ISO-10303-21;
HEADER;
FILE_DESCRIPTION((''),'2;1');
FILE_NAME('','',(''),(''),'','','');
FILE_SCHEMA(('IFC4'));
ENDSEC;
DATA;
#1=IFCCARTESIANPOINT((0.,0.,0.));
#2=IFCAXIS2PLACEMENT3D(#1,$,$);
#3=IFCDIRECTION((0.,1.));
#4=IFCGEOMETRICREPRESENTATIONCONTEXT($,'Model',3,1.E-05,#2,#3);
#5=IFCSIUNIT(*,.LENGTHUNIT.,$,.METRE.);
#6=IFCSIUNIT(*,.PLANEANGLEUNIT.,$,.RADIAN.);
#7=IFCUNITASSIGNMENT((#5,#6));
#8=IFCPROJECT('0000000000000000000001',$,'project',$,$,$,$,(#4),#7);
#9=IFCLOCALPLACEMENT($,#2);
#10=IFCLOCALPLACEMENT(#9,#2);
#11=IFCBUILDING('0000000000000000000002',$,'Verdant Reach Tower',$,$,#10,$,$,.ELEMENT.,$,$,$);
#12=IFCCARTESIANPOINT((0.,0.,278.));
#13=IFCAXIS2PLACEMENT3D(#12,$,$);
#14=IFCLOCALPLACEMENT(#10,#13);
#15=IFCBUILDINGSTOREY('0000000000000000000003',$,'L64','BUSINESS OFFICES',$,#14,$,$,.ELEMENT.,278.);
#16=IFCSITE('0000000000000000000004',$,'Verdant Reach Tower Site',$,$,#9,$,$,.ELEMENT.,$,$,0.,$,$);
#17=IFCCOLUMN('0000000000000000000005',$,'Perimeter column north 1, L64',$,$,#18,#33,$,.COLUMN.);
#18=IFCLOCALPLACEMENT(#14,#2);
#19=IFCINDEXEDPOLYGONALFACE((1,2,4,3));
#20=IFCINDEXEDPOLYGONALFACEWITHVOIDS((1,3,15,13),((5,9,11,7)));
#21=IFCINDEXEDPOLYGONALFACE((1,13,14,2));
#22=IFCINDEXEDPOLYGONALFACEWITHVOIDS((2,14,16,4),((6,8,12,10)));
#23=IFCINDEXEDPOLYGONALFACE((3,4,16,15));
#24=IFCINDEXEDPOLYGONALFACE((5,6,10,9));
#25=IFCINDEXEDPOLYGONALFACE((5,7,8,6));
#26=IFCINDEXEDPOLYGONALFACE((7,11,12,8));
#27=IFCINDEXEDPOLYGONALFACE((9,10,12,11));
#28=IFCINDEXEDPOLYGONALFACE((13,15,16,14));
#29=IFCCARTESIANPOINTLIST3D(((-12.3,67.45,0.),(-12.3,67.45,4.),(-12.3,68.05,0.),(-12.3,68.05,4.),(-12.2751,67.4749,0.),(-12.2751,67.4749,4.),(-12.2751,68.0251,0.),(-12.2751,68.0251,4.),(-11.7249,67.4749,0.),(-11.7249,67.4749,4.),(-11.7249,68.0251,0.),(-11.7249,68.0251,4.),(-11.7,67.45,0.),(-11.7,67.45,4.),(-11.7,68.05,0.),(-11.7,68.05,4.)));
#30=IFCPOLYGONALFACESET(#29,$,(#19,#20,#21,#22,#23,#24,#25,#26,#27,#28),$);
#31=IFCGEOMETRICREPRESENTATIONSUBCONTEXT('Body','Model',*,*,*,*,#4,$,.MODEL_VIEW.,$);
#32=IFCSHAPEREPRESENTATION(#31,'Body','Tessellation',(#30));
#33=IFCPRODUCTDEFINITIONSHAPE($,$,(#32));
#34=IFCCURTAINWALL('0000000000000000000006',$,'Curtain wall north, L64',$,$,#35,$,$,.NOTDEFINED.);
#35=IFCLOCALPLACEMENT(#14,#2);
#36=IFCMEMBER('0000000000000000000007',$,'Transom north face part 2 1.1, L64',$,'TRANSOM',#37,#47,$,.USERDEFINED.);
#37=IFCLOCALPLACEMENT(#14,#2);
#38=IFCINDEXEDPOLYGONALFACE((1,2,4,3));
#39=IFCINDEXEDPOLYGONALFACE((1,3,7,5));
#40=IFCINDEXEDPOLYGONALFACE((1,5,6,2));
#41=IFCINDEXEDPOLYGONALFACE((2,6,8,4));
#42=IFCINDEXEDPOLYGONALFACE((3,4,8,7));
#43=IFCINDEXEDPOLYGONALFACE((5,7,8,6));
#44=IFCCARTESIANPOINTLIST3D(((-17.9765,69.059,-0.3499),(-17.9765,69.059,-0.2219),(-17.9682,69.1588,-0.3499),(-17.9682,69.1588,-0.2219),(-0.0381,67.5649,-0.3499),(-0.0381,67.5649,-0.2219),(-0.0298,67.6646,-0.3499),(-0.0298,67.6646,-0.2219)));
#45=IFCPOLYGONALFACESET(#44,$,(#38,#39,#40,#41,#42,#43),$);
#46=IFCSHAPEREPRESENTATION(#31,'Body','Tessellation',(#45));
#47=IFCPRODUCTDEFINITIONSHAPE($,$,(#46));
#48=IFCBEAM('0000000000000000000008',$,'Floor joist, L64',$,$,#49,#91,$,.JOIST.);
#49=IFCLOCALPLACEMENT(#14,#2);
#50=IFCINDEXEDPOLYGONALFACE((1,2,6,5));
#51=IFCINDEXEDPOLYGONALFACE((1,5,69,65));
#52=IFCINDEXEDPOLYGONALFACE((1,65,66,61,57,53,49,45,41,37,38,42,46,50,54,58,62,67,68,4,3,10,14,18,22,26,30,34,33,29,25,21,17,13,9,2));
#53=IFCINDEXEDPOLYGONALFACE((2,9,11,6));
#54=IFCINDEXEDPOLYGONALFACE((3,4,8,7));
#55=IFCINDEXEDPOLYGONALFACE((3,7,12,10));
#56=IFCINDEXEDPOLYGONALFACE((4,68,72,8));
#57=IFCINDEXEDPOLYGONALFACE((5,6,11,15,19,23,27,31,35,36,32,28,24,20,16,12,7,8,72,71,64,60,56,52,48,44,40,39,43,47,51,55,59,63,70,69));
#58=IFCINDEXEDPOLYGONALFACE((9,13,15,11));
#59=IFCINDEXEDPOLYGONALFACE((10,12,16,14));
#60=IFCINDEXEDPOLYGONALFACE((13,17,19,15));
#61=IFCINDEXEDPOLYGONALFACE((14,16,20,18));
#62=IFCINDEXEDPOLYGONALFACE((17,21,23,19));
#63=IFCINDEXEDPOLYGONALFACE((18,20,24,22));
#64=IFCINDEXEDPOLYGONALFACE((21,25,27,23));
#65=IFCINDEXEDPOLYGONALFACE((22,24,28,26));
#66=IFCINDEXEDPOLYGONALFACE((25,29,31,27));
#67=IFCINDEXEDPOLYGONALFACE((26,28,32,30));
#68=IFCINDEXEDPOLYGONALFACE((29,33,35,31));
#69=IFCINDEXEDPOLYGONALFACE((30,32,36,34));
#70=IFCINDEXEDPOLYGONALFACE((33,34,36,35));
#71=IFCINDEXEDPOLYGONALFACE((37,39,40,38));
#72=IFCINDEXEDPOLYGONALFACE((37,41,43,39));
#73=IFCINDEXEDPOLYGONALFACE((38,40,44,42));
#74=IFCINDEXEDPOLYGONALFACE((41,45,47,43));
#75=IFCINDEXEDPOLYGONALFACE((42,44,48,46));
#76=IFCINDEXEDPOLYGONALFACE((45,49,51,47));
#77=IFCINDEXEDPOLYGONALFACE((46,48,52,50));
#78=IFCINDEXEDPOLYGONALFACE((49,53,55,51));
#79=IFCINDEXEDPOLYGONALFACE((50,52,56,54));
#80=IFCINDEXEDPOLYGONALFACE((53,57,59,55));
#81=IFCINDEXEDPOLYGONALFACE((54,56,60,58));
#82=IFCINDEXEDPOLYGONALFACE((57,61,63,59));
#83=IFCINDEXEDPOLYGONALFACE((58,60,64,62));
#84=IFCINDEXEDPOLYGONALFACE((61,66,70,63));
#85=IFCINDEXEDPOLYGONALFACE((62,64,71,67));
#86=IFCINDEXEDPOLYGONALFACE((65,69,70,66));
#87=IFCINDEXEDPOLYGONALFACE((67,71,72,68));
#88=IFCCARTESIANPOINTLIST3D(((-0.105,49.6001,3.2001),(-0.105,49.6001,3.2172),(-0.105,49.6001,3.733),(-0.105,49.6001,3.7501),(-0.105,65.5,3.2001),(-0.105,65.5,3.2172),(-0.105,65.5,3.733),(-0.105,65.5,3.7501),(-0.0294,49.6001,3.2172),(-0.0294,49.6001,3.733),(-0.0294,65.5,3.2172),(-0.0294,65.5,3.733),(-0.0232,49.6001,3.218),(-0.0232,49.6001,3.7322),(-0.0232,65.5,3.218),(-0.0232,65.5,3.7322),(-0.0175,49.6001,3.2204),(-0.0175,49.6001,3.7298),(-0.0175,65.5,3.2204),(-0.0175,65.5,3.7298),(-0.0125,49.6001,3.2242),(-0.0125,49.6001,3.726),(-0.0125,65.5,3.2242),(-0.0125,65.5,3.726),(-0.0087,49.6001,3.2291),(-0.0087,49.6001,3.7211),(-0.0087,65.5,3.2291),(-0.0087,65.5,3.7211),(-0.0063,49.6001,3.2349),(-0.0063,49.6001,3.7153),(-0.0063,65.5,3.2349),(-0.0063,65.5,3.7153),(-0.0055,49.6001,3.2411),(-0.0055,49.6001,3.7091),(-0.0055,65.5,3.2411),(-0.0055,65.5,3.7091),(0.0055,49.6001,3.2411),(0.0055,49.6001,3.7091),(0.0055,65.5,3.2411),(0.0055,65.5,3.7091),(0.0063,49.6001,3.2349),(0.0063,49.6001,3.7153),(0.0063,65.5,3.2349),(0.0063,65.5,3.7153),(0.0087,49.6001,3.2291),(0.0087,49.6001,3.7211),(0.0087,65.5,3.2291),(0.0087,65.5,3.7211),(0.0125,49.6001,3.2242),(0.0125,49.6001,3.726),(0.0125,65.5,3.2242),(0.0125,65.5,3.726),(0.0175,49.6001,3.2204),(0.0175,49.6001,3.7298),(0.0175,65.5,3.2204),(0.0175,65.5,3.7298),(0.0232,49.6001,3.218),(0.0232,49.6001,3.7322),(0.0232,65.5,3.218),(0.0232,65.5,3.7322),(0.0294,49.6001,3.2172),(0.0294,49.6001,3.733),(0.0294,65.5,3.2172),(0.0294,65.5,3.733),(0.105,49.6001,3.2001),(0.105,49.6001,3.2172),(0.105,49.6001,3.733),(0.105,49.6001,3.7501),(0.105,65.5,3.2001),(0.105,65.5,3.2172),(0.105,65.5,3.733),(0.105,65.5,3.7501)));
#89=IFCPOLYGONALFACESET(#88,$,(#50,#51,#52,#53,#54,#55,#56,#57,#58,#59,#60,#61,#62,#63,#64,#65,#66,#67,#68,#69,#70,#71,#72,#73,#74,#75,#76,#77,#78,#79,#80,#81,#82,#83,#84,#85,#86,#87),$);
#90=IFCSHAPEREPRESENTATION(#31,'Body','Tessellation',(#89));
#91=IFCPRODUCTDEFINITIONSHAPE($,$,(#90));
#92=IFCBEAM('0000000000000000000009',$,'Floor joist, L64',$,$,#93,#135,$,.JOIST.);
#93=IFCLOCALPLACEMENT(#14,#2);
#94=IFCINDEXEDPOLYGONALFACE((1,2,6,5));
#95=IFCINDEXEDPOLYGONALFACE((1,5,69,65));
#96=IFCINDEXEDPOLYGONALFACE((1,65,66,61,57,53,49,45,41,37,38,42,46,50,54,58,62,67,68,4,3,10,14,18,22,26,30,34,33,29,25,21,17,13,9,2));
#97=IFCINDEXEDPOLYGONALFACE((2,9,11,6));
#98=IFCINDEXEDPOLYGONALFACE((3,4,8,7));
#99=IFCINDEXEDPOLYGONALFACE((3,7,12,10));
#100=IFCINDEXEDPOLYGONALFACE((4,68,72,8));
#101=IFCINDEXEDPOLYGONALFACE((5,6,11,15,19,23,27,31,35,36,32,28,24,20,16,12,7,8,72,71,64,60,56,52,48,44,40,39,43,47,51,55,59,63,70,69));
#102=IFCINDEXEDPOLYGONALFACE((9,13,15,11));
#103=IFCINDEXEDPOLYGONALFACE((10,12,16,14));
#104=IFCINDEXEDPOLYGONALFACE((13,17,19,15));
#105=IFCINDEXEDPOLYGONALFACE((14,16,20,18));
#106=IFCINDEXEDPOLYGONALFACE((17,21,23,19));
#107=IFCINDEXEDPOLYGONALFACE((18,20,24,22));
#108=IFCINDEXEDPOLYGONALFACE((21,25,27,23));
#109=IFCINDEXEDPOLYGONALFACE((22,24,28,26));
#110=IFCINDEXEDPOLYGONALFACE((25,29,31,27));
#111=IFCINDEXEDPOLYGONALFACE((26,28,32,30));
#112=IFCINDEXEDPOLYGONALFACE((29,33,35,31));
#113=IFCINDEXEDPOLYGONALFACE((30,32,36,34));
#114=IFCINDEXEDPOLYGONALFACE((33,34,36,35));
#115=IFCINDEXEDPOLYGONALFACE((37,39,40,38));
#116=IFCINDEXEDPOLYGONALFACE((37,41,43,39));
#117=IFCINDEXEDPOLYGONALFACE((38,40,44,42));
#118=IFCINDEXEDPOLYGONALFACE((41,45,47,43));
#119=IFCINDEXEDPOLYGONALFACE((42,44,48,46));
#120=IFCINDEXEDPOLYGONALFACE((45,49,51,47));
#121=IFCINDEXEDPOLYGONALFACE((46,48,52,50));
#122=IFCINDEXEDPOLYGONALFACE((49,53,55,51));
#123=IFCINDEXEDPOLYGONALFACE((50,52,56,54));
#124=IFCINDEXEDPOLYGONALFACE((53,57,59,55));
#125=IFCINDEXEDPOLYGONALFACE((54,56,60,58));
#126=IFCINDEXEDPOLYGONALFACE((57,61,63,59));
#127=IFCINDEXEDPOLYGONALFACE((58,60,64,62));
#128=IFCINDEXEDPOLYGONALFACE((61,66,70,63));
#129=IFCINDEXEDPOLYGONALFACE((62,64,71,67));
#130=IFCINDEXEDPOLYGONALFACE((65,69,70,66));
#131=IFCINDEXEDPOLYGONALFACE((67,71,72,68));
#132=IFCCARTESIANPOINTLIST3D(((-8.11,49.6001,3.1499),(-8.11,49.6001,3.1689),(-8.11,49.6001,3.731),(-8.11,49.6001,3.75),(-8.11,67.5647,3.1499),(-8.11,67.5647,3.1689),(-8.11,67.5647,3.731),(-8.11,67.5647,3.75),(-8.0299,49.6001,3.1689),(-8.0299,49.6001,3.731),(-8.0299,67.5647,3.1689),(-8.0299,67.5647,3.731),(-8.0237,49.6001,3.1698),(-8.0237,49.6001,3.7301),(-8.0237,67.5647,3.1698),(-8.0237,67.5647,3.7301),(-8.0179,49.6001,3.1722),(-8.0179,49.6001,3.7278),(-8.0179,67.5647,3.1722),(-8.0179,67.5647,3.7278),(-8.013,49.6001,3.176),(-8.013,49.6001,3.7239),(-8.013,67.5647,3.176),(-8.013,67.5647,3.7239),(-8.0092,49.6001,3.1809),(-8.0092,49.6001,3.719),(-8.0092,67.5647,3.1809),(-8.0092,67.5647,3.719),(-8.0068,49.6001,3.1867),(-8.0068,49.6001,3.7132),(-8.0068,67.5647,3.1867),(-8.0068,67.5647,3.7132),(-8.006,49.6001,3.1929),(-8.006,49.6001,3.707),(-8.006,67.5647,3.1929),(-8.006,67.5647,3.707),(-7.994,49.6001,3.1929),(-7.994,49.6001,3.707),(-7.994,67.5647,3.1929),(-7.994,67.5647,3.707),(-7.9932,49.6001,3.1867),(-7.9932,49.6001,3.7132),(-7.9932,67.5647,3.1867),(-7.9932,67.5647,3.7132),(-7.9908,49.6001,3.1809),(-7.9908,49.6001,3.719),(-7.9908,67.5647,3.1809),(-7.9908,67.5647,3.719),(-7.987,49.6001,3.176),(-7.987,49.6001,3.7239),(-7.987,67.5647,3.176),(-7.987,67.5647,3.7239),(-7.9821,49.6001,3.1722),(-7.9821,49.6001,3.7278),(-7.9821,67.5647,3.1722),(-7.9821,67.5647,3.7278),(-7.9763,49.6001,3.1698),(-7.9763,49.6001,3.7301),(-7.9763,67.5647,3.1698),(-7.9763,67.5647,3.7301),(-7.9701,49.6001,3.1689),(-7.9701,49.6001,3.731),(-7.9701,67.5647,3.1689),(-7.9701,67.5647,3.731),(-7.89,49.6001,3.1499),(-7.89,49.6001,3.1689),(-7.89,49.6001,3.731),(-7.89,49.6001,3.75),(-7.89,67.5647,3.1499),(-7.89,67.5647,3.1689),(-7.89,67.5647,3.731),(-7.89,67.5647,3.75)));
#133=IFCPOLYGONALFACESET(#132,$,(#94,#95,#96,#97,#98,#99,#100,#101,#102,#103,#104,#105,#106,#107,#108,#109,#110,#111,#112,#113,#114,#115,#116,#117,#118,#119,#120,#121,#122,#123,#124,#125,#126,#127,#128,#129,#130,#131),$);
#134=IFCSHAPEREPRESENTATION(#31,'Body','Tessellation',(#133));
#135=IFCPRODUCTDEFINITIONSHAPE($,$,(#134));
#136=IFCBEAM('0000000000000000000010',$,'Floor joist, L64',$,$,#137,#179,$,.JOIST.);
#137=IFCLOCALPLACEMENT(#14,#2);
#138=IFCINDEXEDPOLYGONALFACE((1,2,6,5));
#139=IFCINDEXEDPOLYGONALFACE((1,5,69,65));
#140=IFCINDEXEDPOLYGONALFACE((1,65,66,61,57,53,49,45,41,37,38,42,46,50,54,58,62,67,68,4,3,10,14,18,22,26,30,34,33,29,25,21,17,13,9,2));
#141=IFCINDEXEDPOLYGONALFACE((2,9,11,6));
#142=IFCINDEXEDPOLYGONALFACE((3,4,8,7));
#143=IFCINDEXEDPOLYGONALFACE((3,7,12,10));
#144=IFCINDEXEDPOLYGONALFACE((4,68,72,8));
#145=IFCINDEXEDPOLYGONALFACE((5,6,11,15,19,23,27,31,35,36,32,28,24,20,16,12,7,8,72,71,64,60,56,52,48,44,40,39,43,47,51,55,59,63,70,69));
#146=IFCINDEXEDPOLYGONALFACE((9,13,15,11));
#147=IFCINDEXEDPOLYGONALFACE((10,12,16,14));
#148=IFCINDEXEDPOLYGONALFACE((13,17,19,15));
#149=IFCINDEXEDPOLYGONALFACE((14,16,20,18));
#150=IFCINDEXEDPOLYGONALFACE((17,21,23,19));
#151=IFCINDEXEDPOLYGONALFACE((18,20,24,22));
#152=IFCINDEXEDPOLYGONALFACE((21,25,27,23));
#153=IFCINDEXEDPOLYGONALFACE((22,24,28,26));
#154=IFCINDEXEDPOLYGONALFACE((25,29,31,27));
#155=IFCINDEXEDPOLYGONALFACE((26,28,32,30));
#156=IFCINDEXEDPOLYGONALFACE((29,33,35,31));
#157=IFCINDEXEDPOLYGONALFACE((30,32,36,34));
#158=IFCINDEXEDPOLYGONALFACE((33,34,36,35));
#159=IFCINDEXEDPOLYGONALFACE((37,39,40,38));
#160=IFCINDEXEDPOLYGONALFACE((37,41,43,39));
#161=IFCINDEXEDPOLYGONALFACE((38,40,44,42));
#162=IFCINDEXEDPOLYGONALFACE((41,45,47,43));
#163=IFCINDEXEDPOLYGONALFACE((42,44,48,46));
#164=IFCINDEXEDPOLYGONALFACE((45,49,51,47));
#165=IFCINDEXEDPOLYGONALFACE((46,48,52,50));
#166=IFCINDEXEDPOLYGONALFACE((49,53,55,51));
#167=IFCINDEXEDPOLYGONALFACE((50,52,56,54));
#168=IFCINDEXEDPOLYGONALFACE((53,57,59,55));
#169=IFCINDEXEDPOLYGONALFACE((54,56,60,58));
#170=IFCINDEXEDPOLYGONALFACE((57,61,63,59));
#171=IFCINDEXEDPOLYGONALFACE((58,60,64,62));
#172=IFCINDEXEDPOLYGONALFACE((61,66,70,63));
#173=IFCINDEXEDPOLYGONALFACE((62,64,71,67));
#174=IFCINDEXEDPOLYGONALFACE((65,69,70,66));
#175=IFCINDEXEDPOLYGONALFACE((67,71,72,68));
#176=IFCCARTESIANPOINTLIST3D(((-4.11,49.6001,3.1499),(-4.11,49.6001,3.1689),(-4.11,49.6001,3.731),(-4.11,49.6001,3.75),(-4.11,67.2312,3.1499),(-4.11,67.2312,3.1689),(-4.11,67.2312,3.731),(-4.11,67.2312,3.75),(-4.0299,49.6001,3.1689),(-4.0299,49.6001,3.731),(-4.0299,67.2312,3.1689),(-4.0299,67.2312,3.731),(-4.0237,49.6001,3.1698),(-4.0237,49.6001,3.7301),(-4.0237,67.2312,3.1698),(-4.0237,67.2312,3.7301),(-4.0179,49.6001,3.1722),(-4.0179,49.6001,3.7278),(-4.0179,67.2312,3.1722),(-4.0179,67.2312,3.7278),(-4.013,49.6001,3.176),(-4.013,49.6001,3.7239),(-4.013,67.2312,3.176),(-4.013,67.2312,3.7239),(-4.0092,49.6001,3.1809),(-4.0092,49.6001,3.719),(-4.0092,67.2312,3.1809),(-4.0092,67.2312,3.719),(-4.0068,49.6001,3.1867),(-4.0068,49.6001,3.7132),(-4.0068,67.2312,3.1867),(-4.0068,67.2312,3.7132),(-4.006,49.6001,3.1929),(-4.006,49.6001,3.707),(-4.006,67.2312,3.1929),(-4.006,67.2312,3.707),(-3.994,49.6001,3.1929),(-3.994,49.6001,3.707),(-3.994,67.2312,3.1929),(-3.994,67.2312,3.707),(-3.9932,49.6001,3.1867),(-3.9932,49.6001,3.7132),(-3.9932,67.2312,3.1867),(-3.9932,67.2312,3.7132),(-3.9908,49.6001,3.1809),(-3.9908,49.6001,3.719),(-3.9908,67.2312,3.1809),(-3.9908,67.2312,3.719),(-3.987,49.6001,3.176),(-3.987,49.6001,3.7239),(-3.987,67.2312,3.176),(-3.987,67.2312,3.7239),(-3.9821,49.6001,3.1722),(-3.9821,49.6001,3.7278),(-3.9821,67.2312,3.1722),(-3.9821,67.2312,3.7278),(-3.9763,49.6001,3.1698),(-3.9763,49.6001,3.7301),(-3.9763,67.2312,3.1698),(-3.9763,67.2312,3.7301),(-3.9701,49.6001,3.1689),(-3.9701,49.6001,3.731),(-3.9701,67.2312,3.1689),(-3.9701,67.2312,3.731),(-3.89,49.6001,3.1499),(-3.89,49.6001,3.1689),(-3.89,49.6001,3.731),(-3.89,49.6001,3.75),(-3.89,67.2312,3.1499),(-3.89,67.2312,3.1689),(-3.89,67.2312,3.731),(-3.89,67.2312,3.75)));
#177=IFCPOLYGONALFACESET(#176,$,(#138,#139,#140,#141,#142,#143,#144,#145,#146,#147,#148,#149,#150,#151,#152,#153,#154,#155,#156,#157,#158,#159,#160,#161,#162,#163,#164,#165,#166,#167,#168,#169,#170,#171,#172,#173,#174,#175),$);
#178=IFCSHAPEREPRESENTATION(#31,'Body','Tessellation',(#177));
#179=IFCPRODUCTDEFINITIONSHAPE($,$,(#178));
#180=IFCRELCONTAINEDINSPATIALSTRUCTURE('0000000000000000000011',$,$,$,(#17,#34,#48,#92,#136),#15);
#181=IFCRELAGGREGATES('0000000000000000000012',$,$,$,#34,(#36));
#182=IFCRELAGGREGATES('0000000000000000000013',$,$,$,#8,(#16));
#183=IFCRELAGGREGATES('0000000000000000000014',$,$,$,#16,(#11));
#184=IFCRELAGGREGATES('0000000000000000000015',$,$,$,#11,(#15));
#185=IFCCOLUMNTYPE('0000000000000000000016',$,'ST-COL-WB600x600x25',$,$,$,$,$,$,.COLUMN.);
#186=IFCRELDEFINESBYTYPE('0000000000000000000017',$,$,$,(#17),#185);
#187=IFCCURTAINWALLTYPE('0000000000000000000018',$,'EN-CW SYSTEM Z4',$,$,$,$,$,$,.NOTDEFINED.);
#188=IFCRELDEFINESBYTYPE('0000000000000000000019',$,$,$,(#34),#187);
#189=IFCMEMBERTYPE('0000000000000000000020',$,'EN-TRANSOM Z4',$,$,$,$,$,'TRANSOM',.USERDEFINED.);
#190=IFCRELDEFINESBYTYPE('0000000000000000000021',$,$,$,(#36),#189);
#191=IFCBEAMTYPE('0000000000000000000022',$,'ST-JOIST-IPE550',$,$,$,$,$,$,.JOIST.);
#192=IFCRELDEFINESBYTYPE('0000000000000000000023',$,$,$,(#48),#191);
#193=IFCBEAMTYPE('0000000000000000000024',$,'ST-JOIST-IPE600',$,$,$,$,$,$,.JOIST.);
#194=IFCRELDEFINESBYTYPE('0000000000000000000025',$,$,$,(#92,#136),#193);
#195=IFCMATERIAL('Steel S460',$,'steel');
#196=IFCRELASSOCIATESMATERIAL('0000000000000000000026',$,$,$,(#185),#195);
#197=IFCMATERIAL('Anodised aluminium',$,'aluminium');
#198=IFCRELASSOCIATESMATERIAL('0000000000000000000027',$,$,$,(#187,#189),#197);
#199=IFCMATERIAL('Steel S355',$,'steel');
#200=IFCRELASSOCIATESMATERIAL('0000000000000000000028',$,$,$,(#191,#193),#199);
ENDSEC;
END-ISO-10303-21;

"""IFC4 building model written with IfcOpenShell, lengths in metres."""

from ifc_helpers import new_model, si_unit, direction, frame, origin, origin_2d, place, context, subcontext, project, spatial, rectangle, hollow_rectangle, i_section, extrude, material, material_profile, profile_set, type_object, element, aggregate, save


model = new_model("IFC4")

# Units and contexts
model_context = context("Model", 3, precision=1e-05, world=origin(), true_north=direction((0.0, 1.0)))
body_context = subcontext(model_context, "Body", "Model", "MODEL_VIEW")
ifc_project = project(units=[si_unit("LENGTHUNIT", "METRE"), si_unit("PLANEANGLEUNIT", "RADIAN")], contexts=[model_context])

# Site, building, storey
site_placement = place(None, origin())
site = spatial("IfcSite", under=ifc_project, at=site_placement, Name="Verdant Reach Tower Site", CompositionType="ELEMENT", RefElevation=0.0)
building_placement = place(site_placement, origin())
building = spatial("IfcBuilding", under=site, at=building_placement, Name="Verdant Reach Tower", CompositionType="ELEMENT")
storey_placement = place(building_placement, frame((0.0, 0.0, 278.0)))
storey = spatial("IfcBuildingStorey", under=building, at=storey_placement, Name="L64", Description="BUSINESS OFFICES", CompositionType="ELEMENT", Elevation=278.0)

# Column
ifc_material_1 = material(Name="Steel S460", Category="steel")
ifc_material_profile_1 = material_profile(ifc_material_1, hollow_rectangle(XDim=0.6001, YDim=0.6001, WallThickness=0.0249, at=origin_2d()), Name="WB 600x600x25")
ifc_profile_set_1 = profile_set([ifc_material_profile_1], Name="Steel S460")
column_type = type_object("IfcColumnType", Name="ST-COL-WB600x600x25", PredefinedType="COLUMN", material=ifc_profile_set_1)
column_placement = place(storey_placement, frame((-12.0, 67.75, 0.0), z_axis=(0.0, 0.0, 1.0), x_axis=(1.0, 0.0, 0.0)))
element("IfcColumn", 1, at=column_placement, inside=storey, type_object=column_type, Name="Perimeter column north 1, L64", PredefinedType="COLUMN", context=body_context, shape_type="SweptSolid", body=[
    extrude(hollow_rectangle(XDim=0.6001, YDim=0.6001, WallThickness=0.0249, at=origin_2d()), origin(), (0.0, 0.0, 1.0), 4.0),
])

# Curtain wall, member
ifc_material_2 = material(Name="Anodised aluminium", Category="aluminium")
curtain_wall_type = type_object("IfcCurtainWallType", Name="EN-CW SYSTEM Z4", PredefinedType="NOTDEFINED", material=ifc_material_2)
curtain_wall_placement = place(storey_placement, origin())
curtain_wall = element("IfcCurtainWall", 2, at=curtain_wall_placement, inside=storey, type_object=curtain_wall_type, Name="Curtain wall north, L64", PredefinedType="NOTDEFINED")
ifc_material_profile_2 = material_profile(ifc_material_2, rectangle(XDim=0.1001, YDim=0.1279, at=origin_2d()), Name="Transom 128x100")
ifc_profile_set_2 = profile_set([ifc_material_profile_2], Name="Anodised aluminium")
member_type = type_object("IfcMemberType", Name="EN-TRANSOM Z4", ElementType="TRANSOM", PredefinedType="USERDEFINED", material=ifc_profile_set_2)
member_placement = place(storey_placement, frame((-0.0339, 67.6147, -0.2859), z_axis=(-0.996549, 0.083005, 0.0), x_axis=(-0.083005, -0.996549, 0.0)))
member = element("IfcMember", 3, at=member_placement, type_object=member_type, Name="Transom north face part 2 1.1, L64", ObjectType="TRANSOM", PredefinedType="USERDEFINED", context=body_context, shape_type="SweptSolid", body=[
    extrude(rectangle(XDim=0.1001, YDim=0.1279, at=origin_2d()), origin(), (0.0, 0.0, 1.0), 18.0005),
])

# Beams
ifc_material_3 = material(Name="Steel S355", Category="steel")
ifc_material_profile_3 = material_profile(ifc_material_3, i_section(OverallWidth=0.21, OverallDepth=0.55, WebThickness=0.011, FlangeThickness=0.0171, FilletRadius=0.0239, at=origin_2d()), Name="IPE 550")
ifc_profile_set_3 = profile_set([ifc_material_profile_3], Name="Steel S355")
beam_type_1 = type_object("IfcBeamType", Name="ST-JOIST-IPE550", PredefinedType="JOIST", material=ifc_profile_set_3)
beam_1_placement = place(storey_placement, frame((0.0, 49.6001, 3.4751), z_axis=(0.0, 1.0, 0.0), x_axis=(-1.0, 0.0, 0.0)))
element("IfcBeam", 4, at=beam_1_placement, inside=storey, type_object=beam_type_1, Name="Floor joist, L64", PredefinedType="JOIST", context=body_context, shape_type="SweptSolid", body=[
    extrude(i_section(OverallWidth=0.21, OverallDepth=0.55, WebThickness=0.011, FlangeThickness=0.0171, FilletRadius=0.0239, at=origin_2d()), origin(), (0.0, 0.0, 1.0), 15.8999),
])
ifc_material_profile_4 = material_profile(ifc_material_3, i_section(OverallWidth=0.22, OverallDepth=0.6001, WebThickness=0.012, FlangeThickness=0.019, FilletRadius=0.0239, at=origin_2d()), Name="IPE 600")
ifc_profile_set_4 = profile_set([ifc_material_profile_4], Name="Steel S355")
beam_type_2 = type_object("IfcBeamType", Name="ST-JOIST-IPE600", PredefinedType="JOIST", material=ifc_profile_set_4)
beam_2_placement = place(storey_placement, frame((-8.0, 49.6001, 3.45), z_axis=(0.0, 1.0, 0.0), x_axis=(-1.0, 0.0, 0.0)))
element("IfcBeam", 5, at=beam_2_placement, inside=storey, type_object=beam_type_2, Name="Floor joist, L64", PredefinedType="JOIST", context=body_context, shape_type="SweptSolid", body=[
    extrude(i_section(OverallWidth=0.22, OverallDepth=0.6001, WebThickness=0.012, FlangeThickness=0.019, FilletRadius=0.0239, at=origin_2d()), origin(), (0.0, 0.0, 1.0), 17.9646),
])
beam_3_placement = place(storey_placement, frame((-4.0, 49.6001, 3.45), z_axis=(0.0, 1.0, 0.0), x_axis=(-1.0, 0.0, 0.0)))
element("IfcBeam", 6, at=beam_3_placement, inside=storey, type_object=beam_type_2, Name="Floor joist, L64", PredefinedType="JOIST", context=body_context, shape_type="SweptSolid", body=[
    extrude(i_section(OverallWidth=0.22, OverallDepth=0.6001, WebThickness=0.012, FlangeThickness=0.019, FilletRadius=0.0239, at=origin_2d()), origin(), (0.0, 0.0, 1.0), 17.6311),
])

aggregate(curtain_wall, [member])

save(model, "model.ifc")
